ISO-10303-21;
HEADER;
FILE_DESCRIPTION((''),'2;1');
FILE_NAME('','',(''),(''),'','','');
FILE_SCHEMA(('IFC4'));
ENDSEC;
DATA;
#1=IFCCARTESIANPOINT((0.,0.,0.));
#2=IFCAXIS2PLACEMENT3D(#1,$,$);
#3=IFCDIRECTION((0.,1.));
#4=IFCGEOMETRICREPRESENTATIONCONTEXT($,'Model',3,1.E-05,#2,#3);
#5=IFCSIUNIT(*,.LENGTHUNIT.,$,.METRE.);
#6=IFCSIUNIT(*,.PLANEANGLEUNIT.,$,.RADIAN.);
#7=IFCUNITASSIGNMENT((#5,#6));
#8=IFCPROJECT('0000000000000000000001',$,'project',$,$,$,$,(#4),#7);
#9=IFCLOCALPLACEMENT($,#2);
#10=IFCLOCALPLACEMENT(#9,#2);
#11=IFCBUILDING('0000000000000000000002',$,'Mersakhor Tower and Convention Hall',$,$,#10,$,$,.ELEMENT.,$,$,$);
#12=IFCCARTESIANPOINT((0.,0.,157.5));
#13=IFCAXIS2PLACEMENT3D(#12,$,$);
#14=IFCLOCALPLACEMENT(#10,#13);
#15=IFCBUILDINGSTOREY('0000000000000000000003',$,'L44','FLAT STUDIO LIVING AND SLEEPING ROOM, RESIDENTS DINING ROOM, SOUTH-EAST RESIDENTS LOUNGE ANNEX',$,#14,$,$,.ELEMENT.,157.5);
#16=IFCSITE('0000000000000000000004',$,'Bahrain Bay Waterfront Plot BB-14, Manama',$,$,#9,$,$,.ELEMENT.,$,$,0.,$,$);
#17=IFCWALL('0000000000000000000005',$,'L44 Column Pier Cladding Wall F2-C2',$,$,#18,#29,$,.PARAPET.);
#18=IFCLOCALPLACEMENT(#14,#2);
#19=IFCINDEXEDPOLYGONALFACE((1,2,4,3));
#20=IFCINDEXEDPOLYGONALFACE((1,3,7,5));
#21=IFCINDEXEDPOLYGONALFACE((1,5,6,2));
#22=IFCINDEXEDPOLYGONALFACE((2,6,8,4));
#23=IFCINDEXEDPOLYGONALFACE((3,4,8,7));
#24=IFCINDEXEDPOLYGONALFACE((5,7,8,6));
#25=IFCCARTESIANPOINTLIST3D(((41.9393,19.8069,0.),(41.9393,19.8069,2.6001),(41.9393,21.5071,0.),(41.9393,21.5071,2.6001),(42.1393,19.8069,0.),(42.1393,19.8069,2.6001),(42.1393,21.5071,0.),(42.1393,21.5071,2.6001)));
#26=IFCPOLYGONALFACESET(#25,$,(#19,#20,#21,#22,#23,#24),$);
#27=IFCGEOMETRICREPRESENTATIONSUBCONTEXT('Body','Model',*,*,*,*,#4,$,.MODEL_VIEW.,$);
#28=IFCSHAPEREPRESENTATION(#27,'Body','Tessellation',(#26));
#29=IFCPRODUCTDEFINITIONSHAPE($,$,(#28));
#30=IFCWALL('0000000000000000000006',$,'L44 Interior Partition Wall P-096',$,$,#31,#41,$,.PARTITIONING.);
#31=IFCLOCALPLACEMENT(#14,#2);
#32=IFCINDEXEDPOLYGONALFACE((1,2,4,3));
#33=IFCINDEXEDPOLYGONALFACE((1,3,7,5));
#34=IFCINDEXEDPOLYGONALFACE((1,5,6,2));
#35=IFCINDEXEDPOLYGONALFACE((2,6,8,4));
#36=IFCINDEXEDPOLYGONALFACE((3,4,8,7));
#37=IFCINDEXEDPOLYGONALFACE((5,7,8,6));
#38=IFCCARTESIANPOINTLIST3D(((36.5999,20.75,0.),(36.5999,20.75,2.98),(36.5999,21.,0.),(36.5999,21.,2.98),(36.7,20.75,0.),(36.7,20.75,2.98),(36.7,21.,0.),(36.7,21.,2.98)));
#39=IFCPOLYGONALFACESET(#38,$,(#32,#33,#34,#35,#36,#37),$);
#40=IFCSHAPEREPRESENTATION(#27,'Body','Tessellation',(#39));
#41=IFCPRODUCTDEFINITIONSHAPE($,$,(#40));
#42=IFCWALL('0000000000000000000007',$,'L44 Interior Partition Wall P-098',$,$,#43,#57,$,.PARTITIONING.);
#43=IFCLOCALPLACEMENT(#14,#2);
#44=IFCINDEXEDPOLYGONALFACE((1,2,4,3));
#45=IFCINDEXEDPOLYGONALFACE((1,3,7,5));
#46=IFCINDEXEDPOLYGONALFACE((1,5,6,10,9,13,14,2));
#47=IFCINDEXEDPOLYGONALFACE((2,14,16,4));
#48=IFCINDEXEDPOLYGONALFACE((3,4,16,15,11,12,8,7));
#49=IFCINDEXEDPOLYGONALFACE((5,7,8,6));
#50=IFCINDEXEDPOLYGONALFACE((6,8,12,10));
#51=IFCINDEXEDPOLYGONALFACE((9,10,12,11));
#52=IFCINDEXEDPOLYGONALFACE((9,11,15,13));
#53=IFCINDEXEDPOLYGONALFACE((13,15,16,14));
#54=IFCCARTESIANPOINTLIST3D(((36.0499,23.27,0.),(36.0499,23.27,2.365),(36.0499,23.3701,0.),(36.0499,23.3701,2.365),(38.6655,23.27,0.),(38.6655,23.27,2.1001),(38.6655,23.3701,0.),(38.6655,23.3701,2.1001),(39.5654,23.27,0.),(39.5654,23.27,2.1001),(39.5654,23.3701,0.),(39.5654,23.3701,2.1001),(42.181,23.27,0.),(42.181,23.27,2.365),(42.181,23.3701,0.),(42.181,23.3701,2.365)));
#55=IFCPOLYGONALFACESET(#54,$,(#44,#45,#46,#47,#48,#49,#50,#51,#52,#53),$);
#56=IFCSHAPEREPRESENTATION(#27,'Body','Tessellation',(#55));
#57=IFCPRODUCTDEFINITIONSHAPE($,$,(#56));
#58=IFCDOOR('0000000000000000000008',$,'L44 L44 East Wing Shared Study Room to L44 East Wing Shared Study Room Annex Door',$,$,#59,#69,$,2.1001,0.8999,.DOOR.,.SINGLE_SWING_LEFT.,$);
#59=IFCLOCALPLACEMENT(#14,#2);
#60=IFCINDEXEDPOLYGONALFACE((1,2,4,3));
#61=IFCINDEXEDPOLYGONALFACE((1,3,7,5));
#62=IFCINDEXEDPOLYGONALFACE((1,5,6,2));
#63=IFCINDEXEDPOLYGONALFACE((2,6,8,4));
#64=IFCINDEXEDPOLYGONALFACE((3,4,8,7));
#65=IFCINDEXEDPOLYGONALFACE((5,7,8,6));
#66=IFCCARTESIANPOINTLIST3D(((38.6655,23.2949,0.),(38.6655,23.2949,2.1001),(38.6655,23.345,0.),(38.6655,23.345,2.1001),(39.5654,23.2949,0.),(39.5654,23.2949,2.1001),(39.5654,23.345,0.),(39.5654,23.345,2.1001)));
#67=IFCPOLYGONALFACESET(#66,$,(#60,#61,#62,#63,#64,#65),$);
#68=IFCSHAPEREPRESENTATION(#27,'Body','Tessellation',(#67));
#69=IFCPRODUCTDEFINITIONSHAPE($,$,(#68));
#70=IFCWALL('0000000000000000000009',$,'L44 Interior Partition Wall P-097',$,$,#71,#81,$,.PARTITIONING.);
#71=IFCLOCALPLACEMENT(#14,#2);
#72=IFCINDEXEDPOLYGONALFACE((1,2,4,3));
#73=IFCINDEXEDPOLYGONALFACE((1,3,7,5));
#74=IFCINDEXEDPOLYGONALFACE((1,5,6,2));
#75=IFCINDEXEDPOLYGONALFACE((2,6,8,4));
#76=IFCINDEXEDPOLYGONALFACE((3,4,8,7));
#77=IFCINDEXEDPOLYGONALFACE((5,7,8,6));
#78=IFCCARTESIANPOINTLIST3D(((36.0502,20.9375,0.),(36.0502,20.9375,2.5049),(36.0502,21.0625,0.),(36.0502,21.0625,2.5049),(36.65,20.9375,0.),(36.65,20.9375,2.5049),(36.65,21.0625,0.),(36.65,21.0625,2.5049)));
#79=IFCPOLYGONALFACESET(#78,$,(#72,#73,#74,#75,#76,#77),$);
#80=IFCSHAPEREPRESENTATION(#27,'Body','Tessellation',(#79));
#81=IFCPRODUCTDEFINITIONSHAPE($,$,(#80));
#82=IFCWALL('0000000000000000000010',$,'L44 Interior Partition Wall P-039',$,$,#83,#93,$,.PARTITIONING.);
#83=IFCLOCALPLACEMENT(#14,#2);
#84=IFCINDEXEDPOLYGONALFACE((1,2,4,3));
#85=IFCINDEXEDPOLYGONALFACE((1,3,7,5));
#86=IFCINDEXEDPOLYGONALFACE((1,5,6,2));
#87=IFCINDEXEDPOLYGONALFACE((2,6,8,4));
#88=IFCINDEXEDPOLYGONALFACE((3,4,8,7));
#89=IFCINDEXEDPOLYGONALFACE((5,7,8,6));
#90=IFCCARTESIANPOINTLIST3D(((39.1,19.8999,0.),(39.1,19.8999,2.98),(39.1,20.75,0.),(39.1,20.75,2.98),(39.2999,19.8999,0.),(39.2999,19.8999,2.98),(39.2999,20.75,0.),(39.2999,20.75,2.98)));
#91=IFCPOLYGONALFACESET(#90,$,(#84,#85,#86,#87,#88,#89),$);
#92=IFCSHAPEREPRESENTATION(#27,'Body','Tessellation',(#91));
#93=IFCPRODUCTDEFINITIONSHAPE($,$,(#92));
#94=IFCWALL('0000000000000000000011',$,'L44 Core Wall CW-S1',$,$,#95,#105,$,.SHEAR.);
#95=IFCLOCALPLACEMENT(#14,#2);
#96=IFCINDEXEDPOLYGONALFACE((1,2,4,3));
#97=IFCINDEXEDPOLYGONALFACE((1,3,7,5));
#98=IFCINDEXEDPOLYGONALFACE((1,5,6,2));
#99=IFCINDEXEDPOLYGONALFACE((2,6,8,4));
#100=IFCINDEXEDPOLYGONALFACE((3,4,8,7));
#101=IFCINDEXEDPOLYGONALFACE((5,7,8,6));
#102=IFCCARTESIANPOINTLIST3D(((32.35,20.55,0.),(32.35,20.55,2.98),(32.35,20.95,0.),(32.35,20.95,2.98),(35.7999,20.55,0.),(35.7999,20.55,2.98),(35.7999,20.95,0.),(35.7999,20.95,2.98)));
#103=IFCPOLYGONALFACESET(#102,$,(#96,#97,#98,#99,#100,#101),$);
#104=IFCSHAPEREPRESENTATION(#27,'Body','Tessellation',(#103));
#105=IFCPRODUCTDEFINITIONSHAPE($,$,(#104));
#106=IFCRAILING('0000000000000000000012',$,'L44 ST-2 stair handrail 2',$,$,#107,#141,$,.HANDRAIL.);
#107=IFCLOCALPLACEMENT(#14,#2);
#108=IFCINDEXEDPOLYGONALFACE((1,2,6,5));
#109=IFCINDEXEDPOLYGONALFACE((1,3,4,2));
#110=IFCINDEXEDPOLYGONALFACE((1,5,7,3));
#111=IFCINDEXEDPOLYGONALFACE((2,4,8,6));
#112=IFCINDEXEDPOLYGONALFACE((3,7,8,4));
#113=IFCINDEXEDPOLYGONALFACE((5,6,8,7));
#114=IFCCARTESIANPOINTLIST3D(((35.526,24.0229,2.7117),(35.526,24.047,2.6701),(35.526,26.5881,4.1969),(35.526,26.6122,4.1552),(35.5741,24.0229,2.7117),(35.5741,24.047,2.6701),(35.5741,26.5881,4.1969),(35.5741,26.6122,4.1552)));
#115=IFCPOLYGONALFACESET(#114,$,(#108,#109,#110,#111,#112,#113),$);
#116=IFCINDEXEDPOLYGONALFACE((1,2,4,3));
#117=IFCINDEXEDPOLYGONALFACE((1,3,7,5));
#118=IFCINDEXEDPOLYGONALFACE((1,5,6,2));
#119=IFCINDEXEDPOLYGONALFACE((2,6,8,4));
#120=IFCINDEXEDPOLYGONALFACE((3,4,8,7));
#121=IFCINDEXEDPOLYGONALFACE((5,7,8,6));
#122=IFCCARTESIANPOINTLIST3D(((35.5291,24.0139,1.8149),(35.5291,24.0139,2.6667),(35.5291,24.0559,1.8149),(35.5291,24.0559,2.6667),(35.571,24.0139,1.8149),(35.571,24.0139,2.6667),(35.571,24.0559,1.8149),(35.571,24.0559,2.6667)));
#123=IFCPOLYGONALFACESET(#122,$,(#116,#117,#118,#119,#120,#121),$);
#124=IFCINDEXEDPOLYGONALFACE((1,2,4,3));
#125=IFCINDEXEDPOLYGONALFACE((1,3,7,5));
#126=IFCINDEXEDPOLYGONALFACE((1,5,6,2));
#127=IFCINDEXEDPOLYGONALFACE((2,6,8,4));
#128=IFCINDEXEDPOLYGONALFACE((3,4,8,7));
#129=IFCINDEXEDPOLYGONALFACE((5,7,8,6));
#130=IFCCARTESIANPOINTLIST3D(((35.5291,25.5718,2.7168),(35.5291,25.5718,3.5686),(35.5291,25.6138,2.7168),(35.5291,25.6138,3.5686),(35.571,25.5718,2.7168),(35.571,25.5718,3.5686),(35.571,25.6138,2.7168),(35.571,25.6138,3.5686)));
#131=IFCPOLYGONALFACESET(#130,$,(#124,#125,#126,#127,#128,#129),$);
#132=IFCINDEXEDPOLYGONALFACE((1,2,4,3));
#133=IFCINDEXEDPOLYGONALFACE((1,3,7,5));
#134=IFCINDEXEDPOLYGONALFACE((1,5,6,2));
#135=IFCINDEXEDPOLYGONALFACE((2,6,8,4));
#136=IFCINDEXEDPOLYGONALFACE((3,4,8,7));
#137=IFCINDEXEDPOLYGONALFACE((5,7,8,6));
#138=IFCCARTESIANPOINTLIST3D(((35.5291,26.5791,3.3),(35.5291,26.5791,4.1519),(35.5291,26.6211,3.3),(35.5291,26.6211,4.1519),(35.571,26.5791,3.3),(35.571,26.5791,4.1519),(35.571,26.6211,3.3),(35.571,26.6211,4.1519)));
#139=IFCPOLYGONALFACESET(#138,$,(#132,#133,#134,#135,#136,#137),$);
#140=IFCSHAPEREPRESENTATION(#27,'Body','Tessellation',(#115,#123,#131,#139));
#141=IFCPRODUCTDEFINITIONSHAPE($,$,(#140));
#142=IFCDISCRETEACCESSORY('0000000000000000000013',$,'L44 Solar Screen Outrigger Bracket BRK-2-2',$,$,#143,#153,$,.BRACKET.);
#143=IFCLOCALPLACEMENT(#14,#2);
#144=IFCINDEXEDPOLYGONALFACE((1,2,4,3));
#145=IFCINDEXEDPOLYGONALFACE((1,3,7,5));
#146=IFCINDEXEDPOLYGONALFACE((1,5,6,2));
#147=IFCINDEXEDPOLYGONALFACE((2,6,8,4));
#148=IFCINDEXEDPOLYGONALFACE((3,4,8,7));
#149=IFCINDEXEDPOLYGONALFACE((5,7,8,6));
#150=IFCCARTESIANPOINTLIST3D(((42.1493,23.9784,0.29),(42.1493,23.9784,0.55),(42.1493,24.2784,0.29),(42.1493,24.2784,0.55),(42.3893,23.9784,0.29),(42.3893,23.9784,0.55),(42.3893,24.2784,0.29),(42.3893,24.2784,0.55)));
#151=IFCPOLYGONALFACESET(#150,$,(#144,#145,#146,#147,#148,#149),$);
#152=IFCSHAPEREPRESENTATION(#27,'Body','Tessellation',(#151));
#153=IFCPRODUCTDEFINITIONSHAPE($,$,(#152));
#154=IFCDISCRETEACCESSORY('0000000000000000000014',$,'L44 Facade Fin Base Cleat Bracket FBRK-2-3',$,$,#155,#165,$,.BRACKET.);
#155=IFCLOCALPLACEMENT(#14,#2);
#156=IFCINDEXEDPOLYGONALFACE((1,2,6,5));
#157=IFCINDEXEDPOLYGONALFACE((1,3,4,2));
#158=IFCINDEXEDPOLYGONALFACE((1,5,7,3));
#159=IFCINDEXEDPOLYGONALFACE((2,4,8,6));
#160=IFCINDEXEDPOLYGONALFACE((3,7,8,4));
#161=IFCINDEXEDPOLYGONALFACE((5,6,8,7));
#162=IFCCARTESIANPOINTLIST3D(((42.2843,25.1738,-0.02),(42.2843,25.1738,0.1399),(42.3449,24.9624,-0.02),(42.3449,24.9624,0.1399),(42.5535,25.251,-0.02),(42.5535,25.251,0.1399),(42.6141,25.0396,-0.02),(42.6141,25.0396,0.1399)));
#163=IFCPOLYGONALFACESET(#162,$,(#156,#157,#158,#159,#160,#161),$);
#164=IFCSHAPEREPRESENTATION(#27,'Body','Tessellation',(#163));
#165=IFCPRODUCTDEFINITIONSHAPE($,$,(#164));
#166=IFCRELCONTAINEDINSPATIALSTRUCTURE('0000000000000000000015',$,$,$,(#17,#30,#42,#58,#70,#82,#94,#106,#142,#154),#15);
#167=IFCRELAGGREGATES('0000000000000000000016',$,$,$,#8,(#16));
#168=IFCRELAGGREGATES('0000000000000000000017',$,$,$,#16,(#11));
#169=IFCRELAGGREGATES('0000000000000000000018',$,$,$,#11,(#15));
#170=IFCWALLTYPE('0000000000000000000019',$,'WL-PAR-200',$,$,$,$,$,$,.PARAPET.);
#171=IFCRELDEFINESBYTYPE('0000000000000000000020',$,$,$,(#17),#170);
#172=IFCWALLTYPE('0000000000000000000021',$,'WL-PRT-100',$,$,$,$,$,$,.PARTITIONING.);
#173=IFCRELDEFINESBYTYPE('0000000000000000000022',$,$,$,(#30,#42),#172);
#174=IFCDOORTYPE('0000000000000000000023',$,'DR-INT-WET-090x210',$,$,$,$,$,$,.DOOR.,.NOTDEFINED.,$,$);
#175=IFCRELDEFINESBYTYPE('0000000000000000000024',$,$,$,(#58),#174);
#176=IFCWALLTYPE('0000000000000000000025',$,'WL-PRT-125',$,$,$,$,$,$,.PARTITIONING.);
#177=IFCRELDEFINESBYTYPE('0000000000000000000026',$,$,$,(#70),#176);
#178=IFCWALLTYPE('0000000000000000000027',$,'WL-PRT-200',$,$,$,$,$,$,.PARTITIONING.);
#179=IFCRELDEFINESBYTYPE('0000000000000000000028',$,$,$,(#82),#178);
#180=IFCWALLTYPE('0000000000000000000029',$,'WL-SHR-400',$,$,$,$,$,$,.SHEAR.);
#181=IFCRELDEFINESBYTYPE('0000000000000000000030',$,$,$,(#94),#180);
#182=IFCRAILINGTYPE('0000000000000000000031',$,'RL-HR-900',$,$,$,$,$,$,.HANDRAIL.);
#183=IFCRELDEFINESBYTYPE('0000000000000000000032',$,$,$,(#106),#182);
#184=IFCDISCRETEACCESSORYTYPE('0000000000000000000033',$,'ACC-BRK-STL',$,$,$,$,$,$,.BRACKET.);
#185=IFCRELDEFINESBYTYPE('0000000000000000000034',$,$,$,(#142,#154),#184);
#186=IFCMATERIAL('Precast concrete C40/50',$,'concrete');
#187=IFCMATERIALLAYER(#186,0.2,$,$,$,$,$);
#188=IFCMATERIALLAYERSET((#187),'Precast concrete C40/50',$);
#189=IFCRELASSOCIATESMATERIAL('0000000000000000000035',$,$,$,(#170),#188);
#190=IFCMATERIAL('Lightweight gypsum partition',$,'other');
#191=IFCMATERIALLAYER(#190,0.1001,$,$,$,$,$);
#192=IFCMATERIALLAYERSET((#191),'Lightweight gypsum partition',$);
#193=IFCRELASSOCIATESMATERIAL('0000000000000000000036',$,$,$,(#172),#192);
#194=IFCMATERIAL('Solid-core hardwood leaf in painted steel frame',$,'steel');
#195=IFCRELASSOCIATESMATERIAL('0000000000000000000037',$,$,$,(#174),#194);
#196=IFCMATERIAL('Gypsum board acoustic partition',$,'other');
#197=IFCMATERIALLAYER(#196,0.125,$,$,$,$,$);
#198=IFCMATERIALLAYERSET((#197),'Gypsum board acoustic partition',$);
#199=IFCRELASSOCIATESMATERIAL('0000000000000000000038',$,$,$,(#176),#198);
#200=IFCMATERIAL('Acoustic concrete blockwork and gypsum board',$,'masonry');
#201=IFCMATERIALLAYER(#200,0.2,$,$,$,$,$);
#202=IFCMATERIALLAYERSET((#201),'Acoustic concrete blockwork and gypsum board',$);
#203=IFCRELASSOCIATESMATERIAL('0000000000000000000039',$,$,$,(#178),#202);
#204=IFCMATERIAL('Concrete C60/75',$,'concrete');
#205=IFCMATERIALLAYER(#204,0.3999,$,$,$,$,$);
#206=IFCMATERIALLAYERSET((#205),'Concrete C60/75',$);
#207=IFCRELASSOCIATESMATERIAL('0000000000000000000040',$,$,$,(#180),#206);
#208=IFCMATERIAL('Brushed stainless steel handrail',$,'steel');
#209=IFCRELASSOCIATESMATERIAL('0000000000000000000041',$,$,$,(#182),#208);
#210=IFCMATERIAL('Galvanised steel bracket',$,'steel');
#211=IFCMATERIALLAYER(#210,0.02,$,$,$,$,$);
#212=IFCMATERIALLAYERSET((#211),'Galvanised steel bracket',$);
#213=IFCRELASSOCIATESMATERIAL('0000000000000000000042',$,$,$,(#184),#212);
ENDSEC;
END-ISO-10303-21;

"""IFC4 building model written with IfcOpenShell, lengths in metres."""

from ifc_helpers import new_model, si_unit, direction, frame, frame_2d, origin, origin_2d, place, context, subcontext, project, spatial, rectangle, extrude, material, layer, layer_set, type_object, element, fill, save


model = new_model("IFC4")

# Units and contexts
model_context = context("Model", 3, precision=1e-05, world=origin(), true_north=direction((0.0, 1.0)))
body_context = subcontext(model_context, "Body", "Model", "MODEL_VIEW")
ifc_project = project(units=[si_unit("LENGTHUNIT", "METRE"), si_unit("PLANEANGLEUNIT", "RADIAN")], contexts=[model_context])

# Site, building, storey
site_placement = place(None, origin())
site = spatial("IfcSite", under=ifc_project, at=site_placement, Name="Bahrain Bay Waterfront Plot BB-14, Manama", CompositionType="ELEMENT", RefElevation=0.0)
building_placement = place(site_placement, origin())
building = spatial("IfcBuilding", under=site, at=building_placement, Name="Mersakhor Tower and Convention Hall", CompositionType="ELEMENT")
storey_placement = place(building_placement, frame((0.0, 0.0, 157.5)))
storey = spatial("IfcBuildingStorey", under=building, at=storey_placement, Name="L44", Description="FLAT STUDIO LIVING AND SLEEPING ROOM, RESIDENTS DINING ROOM, SOUTH-EAST RESIDENTS LOUNGE ANNEX", CompositionType="ELEMENT", Elevation=157.5)

# Walls
ifc_material_1 = material(Name="Precast concrete C40/50", Category="concrete")
ifc_layer_1 = layer(ifc_material_1, 0.2)
ifc_layer_set_1 = layer_set([ifc_layer_1], Name="Precast concrete C40/50")
wall_type_1 = type_object("IfcWallType", Name="WL-PAR-200", PredefinedType="PARAPET", material=ifc_layer_set_1)
wall_1_placement = place(storey_placement, frame((42.0393, 21.5071, 0.0), z_axis=(0.0, 0.0, 1.0), x_axis=(0.0, -1.0, 0.0)))
element("IfcWall", 1, at=wall_1_placement, inside=storey, type_object=wall_type_1, Name="L44 Column Pier Cladding Wall F2-C2", PredefinedType="PARAPET", context=body_context, shape_type="SweptSolid", body=[
    extrude(rectangle(XDim=1.7002, YDim=0.2, at=frame_2d((0.8501, 0.0))), origin(), (0.0, 0.0, 1.0), 2.6001),
])
ifc_material_2 = material(Name="Lightweight gypsum partition", Category="other")
ifc_layer_2 = layer(ifc_material_2, 0.1001)
ifc_layer_set_2 = layer_set([ifc_layer_2], Name="Lightweight gypsum partition")
wall_type_2 = type_object("IfcWallType", Name="WL-PRT-100", PredefinedType="PARTITIONING", material=ifc_layer_set_2)
wall_2_placement = place(storey_placement, frame((36.6499, 20.75, 0.0), z_axis=(0.0, 0.0, 1.0), x_axis=(0.0, 1.0, 0.0)))
element("IfcWall", 2, at=wall_2_placement, inside=storey, type_object=wall_type_2, Name="L44 Interior Partition Wall P-096", PredefinedType="PARTITIONING", context=body_context, shape_type="SweptSolid", body=[
    extrude(rectangle(XDim=0.25, YDim=0.1001, at=frame_2d((0.125, 0.0))), origin(), (0.0, 0.0, 1.0), 2.98),
])

# Wall, opening, door
wall_3_placement = place(storey_placement, frame((36.05, 23.3201, 0.0), z_axis=(0.0, 0.0, 1.0), x_axis=(1.0, 0.0, 0.0)))
wall_3 = element("IfcWall", 3, at=wall_3_placement, inside=storey, type_object=wall_type_2, Name="L44 Interior Partition Wall P-098", PredefinedType="PARTITIONING", context=body_context, shape_type="SweptSolid", body=[
    extrude(rectangle(XDim=6.1311, YDim=0.1001, at=frame_2d((3.0654, 0.0))), origin(), (0.0, 0.0, 1.0), 2.365),
])
opening_1_placement = place(wall_3_placement, frame((2.6155, 0.0, 0.0)))
opening_1 = element("IfcOpeningElement", 4, at=opening_1_placement, cuts=wall_3, PredefinedType="OPENING", context=body_context, shape_type="SweptSolid", body=[
    extrude(rectangle(XDim=0.8999, YDim=2.1001, at=frame_2d((0.45, 1.05))), frame((0.0, 0.0601, 0.0), z_axis=(0.0, -1.0, 0.0), x_axis=(1.0, 0.0, 0.0)), (0.0, 0.0, 1.0), 0.1201),
])
ifc_material_3 = material(Name="Solid-core hardwood leaf in painted steel frame", Category="steel")
door_type_1 = type_object("IfcDoorType", Name="DR-INT-WET-090x210", OperationType="NOTDEFINED", PredefinedType="DOOR", material=ifc_material_3)
door_1_placement = place(opening_1_placement, origin())
door_1 = element("IfcDoor", 5, at=door_1_placement, inside=storey, type_object=door_type_1, Name="L44 L44 East Wing Shared Study Room to L44 East Wing Shared Study Room Annex Door", OperationType="SINGLE_SWING_LEFT", OverallHeight=2.1001, OverallWidth=0.8999, PredefinedType="DOOR", context=body_context, shape_type="SweptSolid", body=[
    extrude(rectangle(XDim=0.8999, YDim=2.1001, at=frame_2d((0.45, 1.05))), frame((0.0, 0.0249, 0.0), z_axis=(0.0, -1.0, 0.0), x_axis=(1.0, 0.0, 0.0)), (0.0, 0.0, 1.0), 0.05),
])
fill(opening_1, door_1)

# Wall
ifc_material_4 = material(Name="Gypsum board acoustic partition", Category="other")
ifc_layer_3 = layer(ifc_material_4, 0.125)
ifc_layer_set_3 = layer_set([ifc_layer_3], Name="Gypsum board acoustic partition")
wall_type_3 = type_object("IfcWallType", Name="WL-PRT-125", PredefinedType="PARTITIONING", material=ifc_layer_set_3)
wall_4_placement = place(storey_placement, frame((36.6499, 21.0, 0.0), z_axis=(0.0, 0.0, 1.0), x_axis=(-1.0, 0.0, 0.0)))
element("IfcWall", 6, at=wall_4_placement, inside=storey, type_object=wall_type_3, Name="L44 Interior Partition Wall P-097", PredefinedType="PARTITIONING", context=body_context, shape_type="SweptSolid", body=[
    extrude(rectangle(XDim=0.5999, YDim=0.125, at=frame_2d((0.2998, 0.0))), origin(), (0.0, 0.0, 1.0), 2.5049),
])

# Shared definitions
ifc_material_5 = material(Name="Acoustic concrete blockwork and gypsum board", Category="masonry")
ifc_layer_4 = layer(ifc_material_5, 0.2)
ifc_layer_set_4 = layer_set([ifc_layer_4], Name="Acoustic concrete blockwork and gypsum board")
wall_type_4 = type_object("IfcWallType", Name="WL-PRT-200", PredefinedType="PARTITIONING", material=ifc_layer_set_4)

# Walls
wall_5_placement = place(storey_placement, frame((39.2, 20.75, 0.0), z_axis=(0.0, 0.0, 1.0), x_axis=(0.0, -1.0, 0.0)))
element("IfcWall", 7, at=wall_5_placement, inside=storey, type_object=wall_type_4, Name="L44 Interior Partition Wall P-039", PredefinedType="PARTITIONING", context=body_context, shape_type="SweptSolid", body=[
    extrude(rectangle(XDim=0.8501, YDim=0.2, at=frame_2d((0.425, 0.0))), origin(), (0.0, 0.0, 1.0), 2.98),
])
ifc_material_6 = material(Name="Concrete C60/75", Category="concrete")
ifc_layer_5 = layer(ifc_material_6, 0.3999)
ifc_layer_set_5 = layer_set([ifc_layer_5], Name="Concrete C60/75")
wall_type_5 = type_object("IfcWallType", Name="WL-SHR-400", PredefinedType="SHEAR", material=ifc_layer_set_5)
wall_6_placement = place(storey_placement, frame((35.8, 20.75, 0.0), z_axis=(0.0, 0.0, 1.0), x_axis=(-1.0, 0.0, 0.0)))
element("IfcWall", 8, at=wall_6_placement, inside=storey, type_object=wall_type_5, Name="L44 Core Wall CW-S1", PredefinedType="SHEAR", context=body_context, shape_type="SweptSolid", body=[
    extrude(rectangle(XDim=3.45, YDim=0.3999, at=frame_2d((1.7251, 0.0))), origin(), (0.0, 0.0, 1.0), 2.98),
])

# Railing
ifc_material_7 = material(Name="Brushed stainless steel handrail", Category="steel")
railing_type = type_object("IfcRailingType", Name="RL-HR-900", PredefinedType="HANDRAIL", material=ifc_material_7)
railing_placement = place(storey_placement, frame((35.55, 24.0349, 1.8149)))
element("IfcRailing", 9, at=railing_placement, inside=storey, type_object=railing_type, Name="L44 ST-2 stair handrail 2", PredefinedType="HANDRAIL", context=body_context, shape_type="SweptSolid", body=[
    extrude(rectangle(XDim=0.0481, YDim=0.0481, at=origin_2d()), frame((0.0, 0.0, 0.876), z_axis=(0.0, 0.865426, 0.501036), x_axis=(-1.0, 0.0, 0.0)), (0.0, 0.0, 1.0), 2.9641),
    extrude(rectangle(XDim=0.042, YDim=0.042, at=origin_2d()), origin(), (0.0, 0.0, 1.0), 0.8518),
    extrude(rectangle(XDim=0.042, YDim=0.042, at=origin_2d()), frame((0.0, 1.5579, 0.9019)), (0.0, 0.0, 1.0), 0.8518),
    extrude(rectangle(XDim=0.042, YDim=0.042, at=origin_2d()), frame((0.0, 2.5652, 1.4851)), (0.0, 0.0, 1.0), 0.8518),
])

# Discrete accessories
ifc_material_8 = material(Name="Galvanised steel bracket", Category="steel")
ifc_layer_6 = layer(ifc_material_8, 0.02)
ifc_layer_set_6 = layer_set([ifc_layer_6], Name="Galvanised steel bracket")
discrete_accessory_type = type_object("IfcDiscreteAccessoryType", Name="ACC-BRK-STL", PredefinedType="BRACKET", material=ifc_layer_set_6)
discrete_accessory_1_placement = place(storey_placement, frame((42.2693, 24.1284, 0.29), z_axis=(0.0, 0.0, 1.0), x_axis=(0.0, -1.0, 0.0)))
element("IfcDiscreteAccessory", 10, at=discrete_accessory_1_placement, inside=storey, type_object=discrete_accessory_type, Name="L44 Solar Screen Outrigger Bracket BRK-2-2", PredefinedType="BRACKET", context=body_context, shape_type="SweptSolid", body=[
    extrude(rectangle(XDim=0.3, YDim=0.24, at=origin_2d()), origin(), (0.0, 0.0, 1.0), 0.26),
])
discrete_accessory_2_placement = place(storey_placement, frame((42.4492, 25.1067, -0.02), z_axis=(0.0, 0.0, 1.0), x_axis=(0.961262, 0.275637, 0.0)))
element("IfcDiscreteAccessory", 11, at=discrete_accessory_2_placement, inside=storey, type_object=discrete_accessory_type, Name="L44 Facade Fin Base Cleat Bracket FBRK-2-3", PredefinedType="BRACKET", context=body_context, shape_type="SweptSolid", body=[
    extrude(rectangle(XDim=0.28, YDim=0.22, at=origin_2d()), origin(), (0.0, 0.0, 1.0), 0.1599),
])

save(model, "model.ifc")
